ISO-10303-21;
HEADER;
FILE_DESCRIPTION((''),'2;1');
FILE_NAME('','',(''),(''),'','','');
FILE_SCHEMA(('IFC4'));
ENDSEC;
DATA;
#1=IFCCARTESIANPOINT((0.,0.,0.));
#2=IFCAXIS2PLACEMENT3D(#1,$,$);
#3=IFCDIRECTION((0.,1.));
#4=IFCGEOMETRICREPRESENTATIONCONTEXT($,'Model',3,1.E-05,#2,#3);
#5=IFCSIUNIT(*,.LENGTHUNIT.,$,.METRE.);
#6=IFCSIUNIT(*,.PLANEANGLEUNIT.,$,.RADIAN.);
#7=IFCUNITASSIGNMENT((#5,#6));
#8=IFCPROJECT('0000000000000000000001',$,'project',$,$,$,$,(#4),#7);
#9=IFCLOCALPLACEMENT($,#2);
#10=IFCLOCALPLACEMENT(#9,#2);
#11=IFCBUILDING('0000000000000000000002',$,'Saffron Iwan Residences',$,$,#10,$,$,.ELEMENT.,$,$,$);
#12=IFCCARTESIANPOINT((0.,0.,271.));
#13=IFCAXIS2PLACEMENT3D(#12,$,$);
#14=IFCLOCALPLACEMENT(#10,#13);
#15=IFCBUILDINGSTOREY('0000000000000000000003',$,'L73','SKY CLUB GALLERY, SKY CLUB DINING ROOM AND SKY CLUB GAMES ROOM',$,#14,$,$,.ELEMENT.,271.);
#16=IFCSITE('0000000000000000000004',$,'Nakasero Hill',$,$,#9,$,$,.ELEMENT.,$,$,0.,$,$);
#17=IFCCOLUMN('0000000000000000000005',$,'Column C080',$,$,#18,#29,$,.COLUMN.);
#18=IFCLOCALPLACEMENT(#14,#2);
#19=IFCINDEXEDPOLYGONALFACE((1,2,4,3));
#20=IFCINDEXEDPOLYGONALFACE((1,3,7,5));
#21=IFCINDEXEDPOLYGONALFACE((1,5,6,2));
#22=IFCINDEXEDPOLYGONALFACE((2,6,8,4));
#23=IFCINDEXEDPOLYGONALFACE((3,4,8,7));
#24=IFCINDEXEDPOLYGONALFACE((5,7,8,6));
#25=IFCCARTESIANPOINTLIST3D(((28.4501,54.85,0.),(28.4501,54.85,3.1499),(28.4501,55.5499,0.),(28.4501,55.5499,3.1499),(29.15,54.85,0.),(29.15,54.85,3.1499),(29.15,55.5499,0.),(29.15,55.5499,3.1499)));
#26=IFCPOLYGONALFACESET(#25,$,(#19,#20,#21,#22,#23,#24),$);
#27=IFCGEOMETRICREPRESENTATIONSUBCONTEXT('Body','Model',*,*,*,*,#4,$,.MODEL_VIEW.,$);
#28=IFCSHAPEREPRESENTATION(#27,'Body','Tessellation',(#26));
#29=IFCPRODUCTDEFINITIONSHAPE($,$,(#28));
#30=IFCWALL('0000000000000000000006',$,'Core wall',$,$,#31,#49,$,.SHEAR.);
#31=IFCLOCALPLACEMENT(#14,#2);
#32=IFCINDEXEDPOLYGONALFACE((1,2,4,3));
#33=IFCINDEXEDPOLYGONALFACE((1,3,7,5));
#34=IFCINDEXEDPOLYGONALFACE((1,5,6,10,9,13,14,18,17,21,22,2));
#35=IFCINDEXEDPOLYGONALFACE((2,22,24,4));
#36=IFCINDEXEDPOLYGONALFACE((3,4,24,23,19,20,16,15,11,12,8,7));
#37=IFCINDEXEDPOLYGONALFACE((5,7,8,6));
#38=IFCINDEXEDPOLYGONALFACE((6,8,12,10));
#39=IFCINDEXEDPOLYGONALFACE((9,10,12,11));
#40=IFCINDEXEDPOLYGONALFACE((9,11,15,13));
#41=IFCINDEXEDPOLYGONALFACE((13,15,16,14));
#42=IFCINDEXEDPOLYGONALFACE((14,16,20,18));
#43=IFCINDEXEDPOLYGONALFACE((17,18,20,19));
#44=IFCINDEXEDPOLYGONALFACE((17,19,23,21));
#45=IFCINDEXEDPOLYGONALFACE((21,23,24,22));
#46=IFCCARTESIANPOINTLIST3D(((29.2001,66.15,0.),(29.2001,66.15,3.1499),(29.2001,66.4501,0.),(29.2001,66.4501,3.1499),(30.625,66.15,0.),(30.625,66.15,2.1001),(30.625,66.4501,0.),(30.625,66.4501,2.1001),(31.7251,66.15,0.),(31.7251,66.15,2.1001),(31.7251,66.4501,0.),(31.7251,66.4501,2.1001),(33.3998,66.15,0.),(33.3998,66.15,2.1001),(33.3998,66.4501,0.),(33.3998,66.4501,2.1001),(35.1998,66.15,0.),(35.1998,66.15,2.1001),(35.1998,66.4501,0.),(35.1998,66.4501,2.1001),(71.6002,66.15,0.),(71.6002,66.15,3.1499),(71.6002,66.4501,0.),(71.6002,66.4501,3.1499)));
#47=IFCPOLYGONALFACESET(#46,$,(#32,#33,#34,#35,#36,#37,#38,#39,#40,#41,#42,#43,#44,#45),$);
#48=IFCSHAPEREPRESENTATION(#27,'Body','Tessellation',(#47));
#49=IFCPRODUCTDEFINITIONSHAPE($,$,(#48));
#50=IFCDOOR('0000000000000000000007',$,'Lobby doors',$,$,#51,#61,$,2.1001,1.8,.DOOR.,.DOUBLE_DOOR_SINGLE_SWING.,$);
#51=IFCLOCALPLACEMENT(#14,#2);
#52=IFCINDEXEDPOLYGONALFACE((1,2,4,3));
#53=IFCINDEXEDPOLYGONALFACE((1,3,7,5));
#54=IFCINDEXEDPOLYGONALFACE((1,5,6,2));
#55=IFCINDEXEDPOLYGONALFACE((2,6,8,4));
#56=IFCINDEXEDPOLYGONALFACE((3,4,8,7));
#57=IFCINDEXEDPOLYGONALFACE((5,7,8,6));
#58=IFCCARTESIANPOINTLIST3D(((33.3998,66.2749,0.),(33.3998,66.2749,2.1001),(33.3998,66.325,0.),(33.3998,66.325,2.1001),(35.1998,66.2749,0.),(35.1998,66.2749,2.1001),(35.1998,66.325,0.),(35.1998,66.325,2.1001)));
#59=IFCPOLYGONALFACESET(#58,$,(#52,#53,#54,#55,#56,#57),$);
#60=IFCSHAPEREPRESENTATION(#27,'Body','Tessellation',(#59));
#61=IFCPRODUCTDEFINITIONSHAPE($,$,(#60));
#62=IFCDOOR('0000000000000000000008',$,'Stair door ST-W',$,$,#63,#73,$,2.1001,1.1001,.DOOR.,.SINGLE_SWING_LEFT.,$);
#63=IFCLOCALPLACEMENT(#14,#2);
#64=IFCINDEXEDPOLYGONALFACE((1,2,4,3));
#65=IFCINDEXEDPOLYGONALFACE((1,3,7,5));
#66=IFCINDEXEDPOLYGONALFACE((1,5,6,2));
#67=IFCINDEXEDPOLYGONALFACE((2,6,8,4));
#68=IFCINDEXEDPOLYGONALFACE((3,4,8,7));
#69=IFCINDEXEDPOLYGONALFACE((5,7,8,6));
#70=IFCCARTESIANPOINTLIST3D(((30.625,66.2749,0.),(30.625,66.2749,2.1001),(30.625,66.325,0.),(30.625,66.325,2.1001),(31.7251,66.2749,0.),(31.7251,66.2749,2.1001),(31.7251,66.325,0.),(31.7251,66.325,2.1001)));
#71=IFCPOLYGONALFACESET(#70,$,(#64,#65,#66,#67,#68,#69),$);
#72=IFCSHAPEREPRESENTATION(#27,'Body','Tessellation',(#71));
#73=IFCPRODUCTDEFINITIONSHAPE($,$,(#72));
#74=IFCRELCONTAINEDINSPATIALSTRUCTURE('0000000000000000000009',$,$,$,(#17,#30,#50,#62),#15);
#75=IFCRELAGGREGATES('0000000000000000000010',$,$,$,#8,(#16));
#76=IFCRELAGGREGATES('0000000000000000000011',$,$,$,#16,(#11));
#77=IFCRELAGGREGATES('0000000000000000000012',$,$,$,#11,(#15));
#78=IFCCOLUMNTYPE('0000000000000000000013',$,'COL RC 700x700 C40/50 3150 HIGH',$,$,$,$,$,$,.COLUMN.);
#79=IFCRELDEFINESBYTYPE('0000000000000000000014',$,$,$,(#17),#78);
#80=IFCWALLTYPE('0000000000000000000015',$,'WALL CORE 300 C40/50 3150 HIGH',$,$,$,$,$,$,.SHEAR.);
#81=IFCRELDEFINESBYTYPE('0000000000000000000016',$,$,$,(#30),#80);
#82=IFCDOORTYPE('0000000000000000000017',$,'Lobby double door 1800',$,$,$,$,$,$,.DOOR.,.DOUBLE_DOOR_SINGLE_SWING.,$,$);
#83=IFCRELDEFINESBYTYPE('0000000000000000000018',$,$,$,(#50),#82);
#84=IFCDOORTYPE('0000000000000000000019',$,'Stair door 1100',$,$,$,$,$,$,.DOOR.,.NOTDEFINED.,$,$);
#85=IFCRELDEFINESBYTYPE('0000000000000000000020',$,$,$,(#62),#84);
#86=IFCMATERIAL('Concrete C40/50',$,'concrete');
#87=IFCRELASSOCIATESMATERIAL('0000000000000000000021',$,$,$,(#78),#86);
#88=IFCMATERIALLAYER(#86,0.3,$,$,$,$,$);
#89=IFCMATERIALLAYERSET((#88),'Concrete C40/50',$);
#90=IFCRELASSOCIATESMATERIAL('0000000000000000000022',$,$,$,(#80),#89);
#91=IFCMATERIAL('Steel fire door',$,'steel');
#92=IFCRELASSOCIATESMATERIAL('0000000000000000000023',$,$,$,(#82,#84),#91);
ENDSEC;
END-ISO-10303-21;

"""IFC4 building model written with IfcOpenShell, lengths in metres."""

from ifc_helpers import new_model, si_unit, direction, frame, frame_2d, origin, origin_2d, place, context, subcontext, project, spatial, rectangle, extrude, source, transform, mapped, material, layer, layer_set, material_profile, profile_set, type_object, element, fill, save


model = new_model("IFC4")

# Units and contexts
model_context = context("Model", 3, precision=1e-05, world=origin(), true_north=direction((0.0, 1.0)))
body_context = subcontext(model_context, "Body", "Model", "MODEL_VIEW")
ifc_project = project(units=[si_unit("LENGTHUNIT", "METRE"), si_unit("PLANEANGLEUNIT", "RADIAN")], contexts=[model_context])

# Site, building, storey
site_placement = place(None, origin())
site = spatial("IfcSite", under=ifc_project, at=site_placement, Name="Nakasero Hill", CompositionType="ELEMENT", RefElevation=0.0)
building_placement = place(site_placement, origin())
building = spatial("IfcBuilding", under=site, at=building_placement, Name="Saffron Iwan Residences", CompositionType="ELEMENT")
storey_placement = place(building_placement, frame((0.0, 0.0, 271.0)))
storey = spatial("IfcBuildingStorey", under=building, at=storey_placement, Name="L73", Description="SKY CLUB GALLERY, SKY CLUB DINING ROOM AND SKY CLUB GAMES ROOM", CompositionType="ELEMENT", Elevation=271.0)

# Column
ifc_material_1 = material(Name="Concrete C40/50", Category="concrete")
ifc_material_profile = material_profile(ifc_material_1, rectangle(XDim=0.7, YDim=0.7, at=origin_2d()), Name="RC 700x700")
ifc_profile_set = profile_set([ifc_material_profile], Name="Concrete C40/50")
column_type = type_object("IfcColumnType", Name="COL RC 700x700 C40/50 3150 HIGH", PredefinedType="COLUMN", material=ifc_profile_set)
shared_shape = source(origin(), body_context, "Body", "SweptSolid", [
    extrude(rectangle(XDim=0.7, YDim=0.7, at=origin_2d()), origin(), (0.0, 0.0, 1.0), 3.1499),
])
column_placement = place(storey_placement, frame((28.8, 55.2, 0.0), z_axis=(0.0, 0.0, 1.0), x_axis=(1.0, 0.0, 0.0)))
element("IfcColumn", 1, at=column_placement, inside=storey, type_object=column_type, Name="Column C080", PredefinedType="COLUMN", context=body_context, shape_type="MappedRepresentation", body=[
    mapped(shared_shape, transform((0.0, 0.0, 0.0))),
])

# Wall, openings, doors
ifc_layer_1 = layer(ifc_material_1, 0.3)
ifc_layer_set_1 = layer_set([ifc_layer_1], Name="Concrete C40/50")
wall_type_1 = type_object("IfcWallType", Name="WALL CORE 300 C40/50 3150 HIGH", PredefinedType="SHEAR", material=ifc_layer_set_1)
wall_1_placement = place(storey_placement, frame((29.2, 66.3, 0.0), z_axis=(0.0, 0.0, 1.0), x_axis=(1.0, 0.0, 0.0)))
wall_1 = element("IfcWall", 2, at=wall_1_placement, inside=storey, type_object=wall_type_1, Name="Core wall", PredefinedType="SHEAR", context=body_context, shape_type="SweptSolid", body=[
    extrude(rectangle(XDim=42.4001, YDim=0.3, at=frame_2d((21.2002, 0.0))), origin(), (0.0, 0.0, 1.0), 3.1499),
])
opening_1_placement = place(wall_1_placement, frame((1.425, 0.0, 0.0)))
opening_1 = element("IfcOpeningElement", 3, at=opening_1_placement, cuts=wall_1, PredefinedType="OPENING", context=body_context, shape_type="SweptSolid", body=[
    extrude(rectangle(XDim=1.1001, YDim=2.1001, at=frame_2d((0.55, 1.05))), frame((0.0, 0.1602, 0.0), z_axis=(0.0, -1.0, 0.0), x_axis=(1.0, 0.0, 0.0)), (0.0, 0.0, 1.0), 0.3201),
])
opening_2_placement = place(wall_1_placement, frame((4.2, 0.0, 0.0)))
opening_2 = element("IfcOpeningElement", 4, at=opening_2_placement, cuts=wall_1, PredefinedType="OPENING", context=body_context, shape_type="SweptSolid", body=[
    extrude(rectangle(XDim=1.8, YDim=2.1001, at=frame_2d((0.8999, 1.05))), frame((0.0, 0.1602, 0.0), z_axis=(0.0, -1.0, 0.0), x_axis=(1.0, 0.0, 0.0)), (0.0, 0.0, 1.0), 0.3201),
])
ifc_material_2 = material(Name="Steel fire door", Category="steel")
door_type_1 = type_object("IfcDoorType", Name="Lobby double door 1800", OperationType="DOUBLE_DOOR_SINGLE_SWING", PredefinedType="DOOR", material=ifc_material_2)
door_1_placement = place(opening_2_placement, origin())
door_1 = element("IfcDoor", 5, at=door_1_placement, inside=storey, type_object=door_type_1, Name="Lobby doors", OperationType="DOUBLE_DOOR_SINGLE_SWING", OverallHeight=2.1001, OverallWidth=1.8, PredefinedType="DOOR", context=body_context, shape_type="SweptSolid", body=[
    extrude(rectangle(XDim=1.8, YDim=2.1001, at=frame_2d((0.8999, 1.05))), frame((0.0, 0.0249, 0.0), z_axis=(0.0, -1.0, 0.0), x_axis=(1.0, 0.0, 0.0)), (0.0, 0.0, 1.0), 0.05),
])
fill(opening_2, door_1)
door_type_2 = type_object("IfcDoorType", Name="Stair door 1100", OperationType="NOTDEFINED", PredefinedType="DOOR", material=ifc_material_2)
door_2_placement = place(opening_1_placement, origin())
door_2 = element("IfcDoor", 6, at=door_2_placement, inside=storey, type_object=door_type_2, Name="Stair door ST-W", OperationType="SINGLE_SWING_LEFT", OverallHeight=2.1001, OverallWidth=1.1001, PredefinedType="DOOR", context=body_context, shape_type="SweptSolid", body=[
    extrude(rectangle(XDim=1.1001, YDim=2.1001, at=frame_2d((0.55, 1.05))), frame((0.0, 0.0249, 0.0), z_axis=(0.0, -1.0, 0.0), x_axis=(1.0, 0.0, 0.0)), (0.0, 0.0, 1.0), 0.05),
])
fill(opening_1, door_2)

save(model, "model.ifc")
